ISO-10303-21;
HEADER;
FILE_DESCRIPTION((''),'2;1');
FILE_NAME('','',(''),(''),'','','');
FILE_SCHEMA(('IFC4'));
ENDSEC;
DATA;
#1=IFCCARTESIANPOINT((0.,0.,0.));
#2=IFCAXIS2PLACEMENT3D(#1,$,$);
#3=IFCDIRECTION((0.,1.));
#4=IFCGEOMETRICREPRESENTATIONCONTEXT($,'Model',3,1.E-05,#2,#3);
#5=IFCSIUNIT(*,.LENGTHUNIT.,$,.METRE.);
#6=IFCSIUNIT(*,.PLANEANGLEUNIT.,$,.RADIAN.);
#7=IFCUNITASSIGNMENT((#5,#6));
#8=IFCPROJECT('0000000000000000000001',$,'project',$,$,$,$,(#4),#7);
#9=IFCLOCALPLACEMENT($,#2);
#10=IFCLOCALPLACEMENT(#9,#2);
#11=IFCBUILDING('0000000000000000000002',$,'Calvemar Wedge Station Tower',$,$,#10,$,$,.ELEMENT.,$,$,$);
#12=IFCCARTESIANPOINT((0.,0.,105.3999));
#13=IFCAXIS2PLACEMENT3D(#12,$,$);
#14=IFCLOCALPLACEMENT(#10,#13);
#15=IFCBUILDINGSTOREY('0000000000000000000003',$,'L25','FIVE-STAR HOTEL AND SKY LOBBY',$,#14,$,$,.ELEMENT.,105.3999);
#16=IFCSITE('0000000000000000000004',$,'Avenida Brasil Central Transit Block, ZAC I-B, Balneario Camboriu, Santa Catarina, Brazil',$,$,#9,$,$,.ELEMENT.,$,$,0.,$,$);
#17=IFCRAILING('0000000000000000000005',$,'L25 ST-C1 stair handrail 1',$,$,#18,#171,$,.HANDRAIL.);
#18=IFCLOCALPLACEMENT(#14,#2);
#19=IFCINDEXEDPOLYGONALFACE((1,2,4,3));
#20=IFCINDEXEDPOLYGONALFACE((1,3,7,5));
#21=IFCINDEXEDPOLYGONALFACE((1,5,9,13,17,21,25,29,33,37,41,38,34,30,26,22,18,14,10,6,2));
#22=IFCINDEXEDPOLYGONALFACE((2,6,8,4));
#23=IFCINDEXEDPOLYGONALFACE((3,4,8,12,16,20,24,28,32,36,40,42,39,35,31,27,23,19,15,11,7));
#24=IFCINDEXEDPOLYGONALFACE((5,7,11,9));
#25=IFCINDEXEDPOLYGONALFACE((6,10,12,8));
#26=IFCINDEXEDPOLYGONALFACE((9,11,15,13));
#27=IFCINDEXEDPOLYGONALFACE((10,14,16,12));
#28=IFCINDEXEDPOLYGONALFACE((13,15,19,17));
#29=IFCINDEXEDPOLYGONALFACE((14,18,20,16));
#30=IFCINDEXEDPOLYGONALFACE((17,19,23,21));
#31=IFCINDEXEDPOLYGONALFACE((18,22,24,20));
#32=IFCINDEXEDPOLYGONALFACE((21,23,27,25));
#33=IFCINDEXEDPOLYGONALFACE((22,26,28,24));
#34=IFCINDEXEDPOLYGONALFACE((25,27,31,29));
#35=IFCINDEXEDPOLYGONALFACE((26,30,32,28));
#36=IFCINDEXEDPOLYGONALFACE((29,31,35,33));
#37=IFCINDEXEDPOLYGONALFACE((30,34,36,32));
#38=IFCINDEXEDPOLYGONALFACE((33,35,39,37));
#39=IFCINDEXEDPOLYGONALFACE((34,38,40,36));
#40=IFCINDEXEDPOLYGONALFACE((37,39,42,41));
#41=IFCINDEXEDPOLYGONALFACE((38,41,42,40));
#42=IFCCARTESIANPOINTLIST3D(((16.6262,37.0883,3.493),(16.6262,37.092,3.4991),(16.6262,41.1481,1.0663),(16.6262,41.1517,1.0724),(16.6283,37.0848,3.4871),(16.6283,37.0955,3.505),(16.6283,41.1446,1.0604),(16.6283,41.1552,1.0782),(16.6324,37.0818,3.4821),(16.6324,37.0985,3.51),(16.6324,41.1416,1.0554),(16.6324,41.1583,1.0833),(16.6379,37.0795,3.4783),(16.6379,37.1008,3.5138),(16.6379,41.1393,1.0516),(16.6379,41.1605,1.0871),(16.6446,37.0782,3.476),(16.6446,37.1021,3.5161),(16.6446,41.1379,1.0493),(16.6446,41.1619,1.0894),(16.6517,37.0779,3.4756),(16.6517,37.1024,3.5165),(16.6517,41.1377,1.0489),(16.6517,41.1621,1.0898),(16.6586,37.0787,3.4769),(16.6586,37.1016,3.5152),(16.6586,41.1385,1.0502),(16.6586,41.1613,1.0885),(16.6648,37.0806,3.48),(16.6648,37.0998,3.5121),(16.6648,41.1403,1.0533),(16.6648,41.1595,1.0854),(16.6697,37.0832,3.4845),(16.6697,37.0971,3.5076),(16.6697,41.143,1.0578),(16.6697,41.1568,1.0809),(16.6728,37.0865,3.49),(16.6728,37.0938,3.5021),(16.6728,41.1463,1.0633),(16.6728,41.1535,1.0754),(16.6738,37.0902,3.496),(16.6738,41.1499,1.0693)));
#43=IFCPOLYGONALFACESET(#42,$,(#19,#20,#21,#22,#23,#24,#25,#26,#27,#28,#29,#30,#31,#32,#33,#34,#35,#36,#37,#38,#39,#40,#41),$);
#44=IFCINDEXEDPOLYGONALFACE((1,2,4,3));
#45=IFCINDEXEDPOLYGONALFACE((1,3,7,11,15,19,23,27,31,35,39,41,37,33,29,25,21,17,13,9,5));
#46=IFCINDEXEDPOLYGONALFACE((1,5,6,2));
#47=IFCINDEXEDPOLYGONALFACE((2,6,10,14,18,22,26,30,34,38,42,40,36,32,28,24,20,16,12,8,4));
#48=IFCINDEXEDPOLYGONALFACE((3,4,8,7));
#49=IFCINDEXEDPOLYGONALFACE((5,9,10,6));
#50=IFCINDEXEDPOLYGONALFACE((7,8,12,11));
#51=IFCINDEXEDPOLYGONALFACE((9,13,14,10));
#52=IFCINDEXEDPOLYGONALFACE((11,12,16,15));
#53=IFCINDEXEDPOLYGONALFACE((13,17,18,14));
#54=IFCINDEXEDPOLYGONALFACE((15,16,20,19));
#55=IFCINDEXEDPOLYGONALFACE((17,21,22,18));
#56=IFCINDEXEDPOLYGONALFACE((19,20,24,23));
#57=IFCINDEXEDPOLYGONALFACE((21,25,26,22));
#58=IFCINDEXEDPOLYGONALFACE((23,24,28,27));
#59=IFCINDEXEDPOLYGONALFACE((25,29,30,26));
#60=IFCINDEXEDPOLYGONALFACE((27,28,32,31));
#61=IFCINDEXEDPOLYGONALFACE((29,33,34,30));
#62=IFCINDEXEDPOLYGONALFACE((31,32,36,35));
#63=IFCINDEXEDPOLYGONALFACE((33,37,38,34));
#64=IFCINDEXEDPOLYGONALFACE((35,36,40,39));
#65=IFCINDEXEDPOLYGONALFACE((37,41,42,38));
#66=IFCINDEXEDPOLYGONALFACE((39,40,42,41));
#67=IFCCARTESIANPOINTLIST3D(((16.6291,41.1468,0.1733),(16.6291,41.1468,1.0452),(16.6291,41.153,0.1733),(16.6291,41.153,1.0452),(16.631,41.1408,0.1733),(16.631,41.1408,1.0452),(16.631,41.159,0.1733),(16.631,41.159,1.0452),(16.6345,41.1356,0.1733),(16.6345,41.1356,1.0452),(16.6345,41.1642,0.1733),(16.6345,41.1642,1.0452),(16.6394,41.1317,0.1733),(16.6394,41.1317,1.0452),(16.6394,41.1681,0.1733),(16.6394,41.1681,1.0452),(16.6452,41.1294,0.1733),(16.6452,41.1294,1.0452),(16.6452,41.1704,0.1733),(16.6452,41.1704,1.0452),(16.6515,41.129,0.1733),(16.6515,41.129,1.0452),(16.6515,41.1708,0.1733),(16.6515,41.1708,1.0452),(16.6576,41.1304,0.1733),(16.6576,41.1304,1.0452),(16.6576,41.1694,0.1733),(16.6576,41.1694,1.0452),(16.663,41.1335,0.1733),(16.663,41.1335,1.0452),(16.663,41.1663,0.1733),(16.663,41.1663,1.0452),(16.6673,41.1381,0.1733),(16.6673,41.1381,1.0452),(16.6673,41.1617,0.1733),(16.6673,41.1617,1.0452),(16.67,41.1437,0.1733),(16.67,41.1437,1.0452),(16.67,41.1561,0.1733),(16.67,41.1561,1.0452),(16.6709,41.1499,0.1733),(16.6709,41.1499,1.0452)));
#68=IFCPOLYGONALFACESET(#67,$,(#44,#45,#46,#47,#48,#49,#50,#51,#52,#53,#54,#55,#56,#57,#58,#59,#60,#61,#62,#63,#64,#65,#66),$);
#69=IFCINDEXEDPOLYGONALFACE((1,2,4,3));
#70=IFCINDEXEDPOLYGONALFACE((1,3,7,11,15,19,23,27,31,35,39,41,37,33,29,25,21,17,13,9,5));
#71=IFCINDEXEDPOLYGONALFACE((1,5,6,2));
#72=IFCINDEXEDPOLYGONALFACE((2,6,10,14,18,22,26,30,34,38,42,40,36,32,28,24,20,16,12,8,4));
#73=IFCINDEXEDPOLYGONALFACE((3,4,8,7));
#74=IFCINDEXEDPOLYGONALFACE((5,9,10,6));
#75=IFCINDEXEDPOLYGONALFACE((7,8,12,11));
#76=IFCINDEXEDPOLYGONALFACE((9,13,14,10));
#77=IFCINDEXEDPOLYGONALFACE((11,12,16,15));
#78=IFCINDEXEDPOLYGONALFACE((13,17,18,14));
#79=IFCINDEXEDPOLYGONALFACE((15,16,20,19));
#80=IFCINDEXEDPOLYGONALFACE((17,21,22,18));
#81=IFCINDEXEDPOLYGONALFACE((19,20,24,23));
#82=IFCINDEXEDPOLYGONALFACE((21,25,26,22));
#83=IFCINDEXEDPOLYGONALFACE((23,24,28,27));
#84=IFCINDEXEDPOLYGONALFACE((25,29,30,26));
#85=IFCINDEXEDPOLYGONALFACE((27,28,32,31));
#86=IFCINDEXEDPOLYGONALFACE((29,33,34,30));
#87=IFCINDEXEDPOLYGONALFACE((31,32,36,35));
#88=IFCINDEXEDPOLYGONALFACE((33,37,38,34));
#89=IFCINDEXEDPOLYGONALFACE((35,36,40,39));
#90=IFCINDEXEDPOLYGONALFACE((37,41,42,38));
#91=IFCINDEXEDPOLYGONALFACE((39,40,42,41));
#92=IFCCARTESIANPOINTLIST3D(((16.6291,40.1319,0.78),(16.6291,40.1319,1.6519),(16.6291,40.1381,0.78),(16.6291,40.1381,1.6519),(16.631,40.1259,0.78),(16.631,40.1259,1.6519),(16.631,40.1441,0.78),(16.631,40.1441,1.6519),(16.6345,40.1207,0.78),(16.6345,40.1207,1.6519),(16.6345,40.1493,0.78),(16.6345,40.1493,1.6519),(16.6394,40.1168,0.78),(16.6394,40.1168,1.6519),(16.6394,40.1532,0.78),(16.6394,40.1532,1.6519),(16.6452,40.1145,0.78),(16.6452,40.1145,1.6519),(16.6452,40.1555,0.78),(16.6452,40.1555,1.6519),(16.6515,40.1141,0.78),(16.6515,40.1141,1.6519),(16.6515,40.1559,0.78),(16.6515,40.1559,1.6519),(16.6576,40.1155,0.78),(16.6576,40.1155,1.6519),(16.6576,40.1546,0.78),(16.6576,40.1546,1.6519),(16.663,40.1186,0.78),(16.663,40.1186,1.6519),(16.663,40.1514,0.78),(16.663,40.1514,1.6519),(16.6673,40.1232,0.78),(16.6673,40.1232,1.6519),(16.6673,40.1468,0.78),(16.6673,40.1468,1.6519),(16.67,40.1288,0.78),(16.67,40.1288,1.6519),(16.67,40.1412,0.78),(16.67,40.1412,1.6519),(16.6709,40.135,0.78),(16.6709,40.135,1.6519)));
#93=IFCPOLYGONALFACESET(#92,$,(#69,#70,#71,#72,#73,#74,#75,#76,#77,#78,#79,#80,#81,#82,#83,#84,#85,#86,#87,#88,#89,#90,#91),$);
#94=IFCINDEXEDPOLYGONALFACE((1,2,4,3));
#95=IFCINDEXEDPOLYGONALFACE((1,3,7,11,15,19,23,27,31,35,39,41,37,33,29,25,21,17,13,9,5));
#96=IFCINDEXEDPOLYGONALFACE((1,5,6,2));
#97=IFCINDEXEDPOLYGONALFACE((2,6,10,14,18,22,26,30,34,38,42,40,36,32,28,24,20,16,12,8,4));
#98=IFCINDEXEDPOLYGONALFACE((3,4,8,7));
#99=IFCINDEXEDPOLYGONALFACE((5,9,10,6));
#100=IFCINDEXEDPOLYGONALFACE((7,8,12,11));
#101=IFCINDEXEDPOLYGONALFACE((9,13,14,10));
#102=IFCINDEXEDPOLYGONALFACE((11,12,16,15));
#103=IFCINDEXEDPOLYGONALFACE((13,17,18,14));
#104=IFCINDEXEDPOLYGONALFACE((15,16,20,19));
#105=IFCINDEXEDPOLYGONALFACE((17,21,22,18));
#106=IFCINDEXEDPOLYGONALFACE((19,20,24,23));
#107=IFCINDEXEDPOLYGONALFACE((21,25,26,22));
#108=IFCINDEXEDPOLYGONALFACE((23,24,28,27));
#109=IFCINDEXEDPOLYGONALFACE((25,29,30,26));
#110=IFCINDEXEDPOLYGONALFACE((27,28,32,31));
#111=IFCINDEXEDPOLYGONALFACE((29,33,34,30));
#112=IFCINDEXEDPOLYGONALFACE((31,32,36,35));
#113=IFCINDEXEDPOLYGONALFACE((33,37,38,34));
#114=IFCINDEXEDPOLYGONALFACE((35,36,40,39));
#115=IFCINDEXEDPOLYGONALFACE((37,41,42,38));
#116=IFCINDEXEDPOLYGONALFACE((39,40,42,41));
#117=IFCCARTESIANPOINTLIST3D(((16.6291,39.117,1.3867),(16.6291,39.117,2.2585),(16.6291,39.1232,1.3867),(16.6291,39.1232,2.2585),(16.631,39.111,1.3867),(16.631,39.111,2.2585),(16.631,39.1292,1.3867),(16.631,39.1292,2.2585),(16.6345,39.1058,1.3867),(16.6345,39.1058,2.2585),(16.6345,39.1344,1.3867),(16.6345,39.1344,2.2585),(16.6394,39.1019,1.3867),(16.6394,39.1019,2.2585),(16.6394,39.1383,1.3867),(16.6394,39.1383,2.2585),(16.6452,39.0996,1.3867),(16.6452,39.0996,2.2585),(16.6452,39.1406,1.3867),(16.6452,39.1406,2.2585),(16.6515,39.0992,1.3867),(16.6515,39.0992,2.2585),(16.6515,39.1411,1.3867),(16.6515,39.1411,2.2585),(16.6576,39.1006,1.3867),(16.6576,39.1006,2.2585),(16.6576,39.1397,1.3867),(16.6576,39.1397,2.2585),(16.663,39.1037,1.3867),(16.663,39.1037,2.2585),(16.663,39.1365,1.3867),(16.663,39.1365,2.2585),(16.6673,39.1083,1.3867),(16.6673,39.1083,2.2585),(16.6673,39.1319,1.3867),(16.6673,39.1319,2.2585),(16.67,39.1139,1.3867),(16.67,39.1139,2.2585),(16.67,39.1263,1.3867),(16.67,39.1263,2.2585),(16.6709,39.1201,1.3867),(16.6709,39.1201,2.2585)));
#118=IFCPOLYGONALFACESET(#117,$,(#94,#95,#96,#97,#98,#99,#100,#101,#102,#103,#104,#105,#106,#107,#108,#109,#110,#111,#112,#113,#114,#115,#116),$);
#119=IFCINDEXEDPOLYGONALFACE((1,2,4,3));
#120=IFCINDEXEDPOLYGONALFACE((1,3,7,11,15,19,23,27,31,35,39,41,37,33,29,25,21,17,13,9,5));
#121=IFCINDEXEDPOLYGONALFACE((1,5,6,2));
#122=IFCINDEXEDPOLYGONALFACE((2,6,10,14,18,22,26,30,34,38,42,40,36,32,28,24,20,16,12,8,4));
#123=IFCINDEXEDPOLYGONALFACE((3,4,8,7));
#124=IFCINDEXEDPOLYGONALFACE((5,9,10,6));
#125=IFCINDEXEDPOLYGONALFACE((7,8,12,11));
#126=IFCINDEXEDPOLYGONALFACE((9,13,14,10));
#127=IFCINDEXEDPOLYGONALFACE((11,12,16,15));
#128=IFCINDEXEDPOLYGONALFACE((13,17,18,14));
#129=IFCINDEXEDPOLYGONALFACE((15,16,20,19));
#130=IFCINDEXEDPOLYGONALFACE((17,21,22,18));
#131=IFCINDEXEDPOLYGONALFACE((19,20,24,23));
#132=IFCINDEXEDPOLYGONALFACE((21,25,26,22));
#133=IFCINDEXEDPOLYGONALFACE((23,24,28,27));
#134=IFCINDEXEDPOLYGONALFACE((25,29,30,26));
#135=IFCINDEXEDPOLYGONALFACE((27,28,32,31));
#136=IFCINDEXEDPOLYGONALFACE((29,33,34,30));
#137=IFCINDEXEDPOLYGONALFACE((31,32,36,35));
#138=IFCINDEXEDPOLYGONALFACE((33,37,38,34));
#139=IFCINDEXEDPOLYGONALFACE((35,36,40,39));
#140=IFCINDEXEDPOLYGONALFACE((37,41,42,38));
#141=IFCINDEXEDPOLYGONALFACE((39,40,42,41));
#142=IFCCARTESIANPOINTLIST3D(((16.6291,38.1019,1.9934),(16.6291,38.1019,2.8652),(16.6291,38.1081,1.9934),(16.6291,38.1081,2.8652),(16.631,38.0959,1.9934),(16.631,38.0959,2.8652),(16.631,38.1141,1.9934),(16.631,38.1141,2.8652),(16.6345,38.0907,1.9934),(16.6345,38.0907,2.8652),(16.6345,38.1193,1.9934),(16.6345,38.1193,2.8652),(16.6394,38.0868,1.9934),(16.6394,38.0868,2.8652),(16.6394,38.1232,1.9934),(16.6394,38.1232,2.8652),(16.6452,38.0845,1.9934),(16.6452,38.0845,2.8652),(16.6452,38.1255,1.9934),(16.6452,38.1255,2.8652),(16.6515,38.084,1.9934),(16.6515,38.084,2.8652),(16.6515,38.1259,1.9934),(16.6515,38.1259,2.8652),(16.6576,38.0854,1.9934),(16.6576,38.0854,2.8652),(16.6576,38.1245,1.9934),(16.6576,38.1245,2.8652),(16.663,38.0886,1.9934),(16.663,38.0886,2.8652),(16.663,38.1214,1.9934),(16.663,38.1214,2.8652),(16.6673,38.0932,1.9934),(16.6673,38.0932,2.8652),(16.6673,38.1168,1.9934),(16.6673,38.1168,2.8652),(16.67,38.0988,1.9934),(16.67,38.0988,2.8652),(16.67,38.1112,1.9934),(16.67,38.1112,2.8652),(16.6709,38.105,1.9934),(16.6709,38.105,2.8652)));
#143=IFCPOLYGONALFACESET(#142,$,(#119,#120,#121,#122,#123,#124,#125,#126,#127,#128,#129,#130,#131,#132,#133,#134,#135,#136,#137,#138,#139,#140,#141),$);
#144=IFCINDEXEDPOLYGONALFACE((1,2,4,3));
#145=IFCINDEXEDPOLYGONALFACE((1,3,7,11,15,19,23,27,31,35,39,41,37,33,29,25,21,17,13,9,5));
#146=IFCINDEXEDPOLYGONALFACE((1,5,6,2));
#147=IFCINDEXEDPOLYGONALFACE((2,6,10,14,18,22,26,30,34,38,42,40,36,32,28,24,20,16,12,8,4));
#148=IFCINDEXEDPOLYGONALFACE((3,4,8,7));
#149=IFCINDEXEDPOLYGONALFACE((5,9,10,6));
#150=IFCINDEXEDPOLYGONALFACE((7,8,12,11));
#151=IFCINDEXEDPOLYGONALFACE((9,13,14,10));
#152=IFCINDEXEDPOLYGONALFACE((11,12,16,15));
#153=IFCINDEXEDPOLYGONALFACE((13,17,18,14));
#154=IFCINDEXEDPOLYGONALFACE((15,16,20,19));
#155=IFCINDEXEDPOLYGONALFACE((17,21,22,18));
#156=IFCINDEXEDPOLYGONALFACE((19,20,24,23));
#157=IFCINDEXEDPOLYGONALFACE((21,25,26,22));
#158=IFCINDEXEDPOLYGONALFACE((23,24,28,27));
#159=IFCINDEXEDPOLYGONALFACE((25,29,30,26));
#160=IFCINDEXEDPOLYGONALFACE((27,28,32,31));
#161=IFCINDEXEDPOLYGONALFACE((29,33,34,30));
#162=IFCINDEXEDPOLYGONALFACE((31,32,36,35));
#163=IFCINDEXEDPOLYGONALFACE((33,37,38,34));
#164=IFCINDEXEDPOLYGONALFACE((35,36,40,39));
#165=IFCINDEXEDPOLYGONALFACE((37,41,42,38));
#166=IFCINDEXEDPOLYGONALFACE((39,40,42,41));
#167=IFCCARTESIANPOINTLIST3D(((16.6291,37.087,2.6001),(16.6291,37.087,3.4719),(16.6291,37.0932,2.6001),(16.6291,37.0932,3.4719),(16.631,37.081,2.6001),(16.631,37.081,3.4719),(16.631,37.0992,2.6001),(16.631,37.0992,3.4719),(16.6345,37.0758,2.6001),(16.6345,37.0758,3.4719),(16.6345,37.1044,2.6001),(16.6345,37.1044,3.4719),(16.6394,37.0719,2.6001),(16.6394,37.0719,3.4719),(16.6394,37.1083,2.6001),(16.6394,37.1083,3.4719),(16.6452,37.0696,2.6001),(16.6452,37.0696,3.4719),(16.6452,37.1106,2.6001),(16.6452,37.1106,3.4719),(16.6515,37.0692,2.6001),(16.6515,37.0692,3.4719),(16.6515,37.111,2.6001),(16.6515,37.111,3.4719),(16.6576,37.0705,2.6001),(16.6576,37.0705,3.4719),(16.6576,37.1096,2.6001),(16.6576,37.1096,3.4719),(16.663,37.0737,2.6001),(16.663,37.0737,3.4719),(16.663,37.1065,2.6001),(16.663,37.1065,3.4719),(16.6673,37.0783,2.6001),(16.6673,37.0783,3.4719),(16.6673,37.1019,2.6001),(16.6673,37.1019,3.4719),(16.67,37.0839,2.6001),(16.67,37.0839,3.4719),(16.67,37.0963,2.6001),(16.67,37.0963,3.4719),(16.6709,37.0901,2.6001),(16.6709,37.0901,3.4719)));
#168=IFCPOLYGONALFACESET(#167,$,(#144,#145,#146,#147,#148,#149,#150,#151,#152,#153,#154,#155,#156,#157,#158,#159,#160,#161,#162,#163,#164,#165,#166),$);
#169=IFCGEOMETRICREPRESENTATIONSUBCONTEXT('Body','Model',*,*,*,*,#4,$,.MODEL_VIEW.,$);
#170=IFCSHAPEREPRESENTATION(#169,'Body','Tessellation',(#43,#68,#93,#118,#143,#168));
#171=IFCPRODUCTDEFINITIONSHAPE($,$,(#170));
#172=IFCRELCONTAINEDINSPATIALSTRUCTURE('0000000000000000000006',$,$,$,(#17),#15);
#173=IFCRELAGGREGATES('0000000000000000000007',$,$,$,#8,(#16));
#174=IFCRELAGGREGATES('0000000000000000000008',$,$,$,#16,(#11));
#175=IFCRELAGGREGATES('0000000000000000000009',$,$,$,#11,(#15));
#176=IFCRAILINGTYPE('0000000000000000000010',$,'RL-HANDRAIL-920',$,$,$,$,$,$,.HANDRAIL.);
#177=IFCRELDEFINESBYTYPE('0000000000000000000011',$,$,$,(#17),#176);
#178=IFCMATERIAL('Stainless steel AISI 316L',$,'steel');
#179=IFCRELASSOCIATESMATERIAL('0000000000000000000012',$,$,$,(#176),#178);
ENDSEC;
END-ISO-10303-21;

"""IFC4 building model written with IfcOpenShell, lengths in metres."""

from ifc_helpers import new_model, si_unit, direction, frame, origin, origin_2d, place, context, subcontext, project, spatial, circle, extrude, material, type_object, element, save


model = new_model("IFC4")

# Units and contexts
model_context = context("Model", 3, precision=1e-05, world=origin(), true_north=direction((0.0, 1.0)))
body_context = subcontext(model_context, "Body", "Model", "MODEL_VIEW")
ifc_project = project(units=[si_unit("LENGTHUNIT", "METRE"), si_unit("PLANEANGLEUNIT", "RADIAN")], contexts=[model_context])

# Site, building, storey
site_placement = place(None, origin())
site = spatial("IfcSite", under=ifc_project, at=site_placement, Name="Avenida Brasil Central Transit Block, ZAC I-B, Balneario Camboriu, Santa Catarina, Brazil", CompositionType="ELEMENT", RefElevation=0.0)
building_placement = place(site_placement, origin())
building = spatial("IfcBuilding", under=site, at=building_placement, Name="Calvemar Wedge Station Tower", CompositionType="ELEMENT")
storey_placement = place(building_placement, frame((0.0, 0.0, 105.3999)))
storey = spatial("IfcBuildingStorey", under=building, at=storey_placement, Name="L25", Description="FIVE-STAR HOTEL AND SKY LOBBY", CompositionType="ELEMENT", Elevation=105.3999)

# Railing
ifc_material_1 = material(Name="Stainless steel AISI 316L", Category="steel")
railing_type_1 = type_object("IfcRailingType", Name="RL-HANDRAIL-920", PredefinedType="HANDRAIL", material=ifc_material_1)
railing_1_placement = place(storey_placement, frame((16.6499, 41.1499, 0.1733)))
element("IfcRailing", 1, at=railing_1_placement, inside=storey, type_object=railing_type_1, Name="L25 ST-C1 stair handrail 1", PredefinedType="HANDRAIL", context=body_context, shape_type="SweptSolid", body=[
    extrude(circle(Radius=0.0239, at=origin_2d()), frame((0.0, 0.0, 0.896), z_axis=(0.0, -0.858343, 0.513076), x_axis=(1.0, 0.0, 0.0)), (0.0, 0.0, 1.0), 4.7297),
    extrude(circle(Radius=0.021, at=origin_2d()), origin(), (0.0, 0.0, 1.0), 0.8718),
    extrude(circle(Radius=0.021, at=origin_2d()), frame((0.0, -1.0149, 0.6067)), (0.0, 0.0, 1.0), 0.8718),
    extrude(circle(Radius=0.021, at=origin_2d()), frame((0.0, -2.0298, 1.2134)), (0.0, 0.0, 1.0), 0.8718),
    extrude(circle(Radius=0.021, at=origin_2d()), frame((0.0, -3.0449, 1.8201)), (0.0, 0.0, 1.0), 0.8718),
    extrude(circle(Radius=0.021, at=origin_2d()), frame((0.0, -4.0598, 2.4268)), (0.0, 0.0, 1.0), 0.8718),
])

save(model, "model.ifc")
